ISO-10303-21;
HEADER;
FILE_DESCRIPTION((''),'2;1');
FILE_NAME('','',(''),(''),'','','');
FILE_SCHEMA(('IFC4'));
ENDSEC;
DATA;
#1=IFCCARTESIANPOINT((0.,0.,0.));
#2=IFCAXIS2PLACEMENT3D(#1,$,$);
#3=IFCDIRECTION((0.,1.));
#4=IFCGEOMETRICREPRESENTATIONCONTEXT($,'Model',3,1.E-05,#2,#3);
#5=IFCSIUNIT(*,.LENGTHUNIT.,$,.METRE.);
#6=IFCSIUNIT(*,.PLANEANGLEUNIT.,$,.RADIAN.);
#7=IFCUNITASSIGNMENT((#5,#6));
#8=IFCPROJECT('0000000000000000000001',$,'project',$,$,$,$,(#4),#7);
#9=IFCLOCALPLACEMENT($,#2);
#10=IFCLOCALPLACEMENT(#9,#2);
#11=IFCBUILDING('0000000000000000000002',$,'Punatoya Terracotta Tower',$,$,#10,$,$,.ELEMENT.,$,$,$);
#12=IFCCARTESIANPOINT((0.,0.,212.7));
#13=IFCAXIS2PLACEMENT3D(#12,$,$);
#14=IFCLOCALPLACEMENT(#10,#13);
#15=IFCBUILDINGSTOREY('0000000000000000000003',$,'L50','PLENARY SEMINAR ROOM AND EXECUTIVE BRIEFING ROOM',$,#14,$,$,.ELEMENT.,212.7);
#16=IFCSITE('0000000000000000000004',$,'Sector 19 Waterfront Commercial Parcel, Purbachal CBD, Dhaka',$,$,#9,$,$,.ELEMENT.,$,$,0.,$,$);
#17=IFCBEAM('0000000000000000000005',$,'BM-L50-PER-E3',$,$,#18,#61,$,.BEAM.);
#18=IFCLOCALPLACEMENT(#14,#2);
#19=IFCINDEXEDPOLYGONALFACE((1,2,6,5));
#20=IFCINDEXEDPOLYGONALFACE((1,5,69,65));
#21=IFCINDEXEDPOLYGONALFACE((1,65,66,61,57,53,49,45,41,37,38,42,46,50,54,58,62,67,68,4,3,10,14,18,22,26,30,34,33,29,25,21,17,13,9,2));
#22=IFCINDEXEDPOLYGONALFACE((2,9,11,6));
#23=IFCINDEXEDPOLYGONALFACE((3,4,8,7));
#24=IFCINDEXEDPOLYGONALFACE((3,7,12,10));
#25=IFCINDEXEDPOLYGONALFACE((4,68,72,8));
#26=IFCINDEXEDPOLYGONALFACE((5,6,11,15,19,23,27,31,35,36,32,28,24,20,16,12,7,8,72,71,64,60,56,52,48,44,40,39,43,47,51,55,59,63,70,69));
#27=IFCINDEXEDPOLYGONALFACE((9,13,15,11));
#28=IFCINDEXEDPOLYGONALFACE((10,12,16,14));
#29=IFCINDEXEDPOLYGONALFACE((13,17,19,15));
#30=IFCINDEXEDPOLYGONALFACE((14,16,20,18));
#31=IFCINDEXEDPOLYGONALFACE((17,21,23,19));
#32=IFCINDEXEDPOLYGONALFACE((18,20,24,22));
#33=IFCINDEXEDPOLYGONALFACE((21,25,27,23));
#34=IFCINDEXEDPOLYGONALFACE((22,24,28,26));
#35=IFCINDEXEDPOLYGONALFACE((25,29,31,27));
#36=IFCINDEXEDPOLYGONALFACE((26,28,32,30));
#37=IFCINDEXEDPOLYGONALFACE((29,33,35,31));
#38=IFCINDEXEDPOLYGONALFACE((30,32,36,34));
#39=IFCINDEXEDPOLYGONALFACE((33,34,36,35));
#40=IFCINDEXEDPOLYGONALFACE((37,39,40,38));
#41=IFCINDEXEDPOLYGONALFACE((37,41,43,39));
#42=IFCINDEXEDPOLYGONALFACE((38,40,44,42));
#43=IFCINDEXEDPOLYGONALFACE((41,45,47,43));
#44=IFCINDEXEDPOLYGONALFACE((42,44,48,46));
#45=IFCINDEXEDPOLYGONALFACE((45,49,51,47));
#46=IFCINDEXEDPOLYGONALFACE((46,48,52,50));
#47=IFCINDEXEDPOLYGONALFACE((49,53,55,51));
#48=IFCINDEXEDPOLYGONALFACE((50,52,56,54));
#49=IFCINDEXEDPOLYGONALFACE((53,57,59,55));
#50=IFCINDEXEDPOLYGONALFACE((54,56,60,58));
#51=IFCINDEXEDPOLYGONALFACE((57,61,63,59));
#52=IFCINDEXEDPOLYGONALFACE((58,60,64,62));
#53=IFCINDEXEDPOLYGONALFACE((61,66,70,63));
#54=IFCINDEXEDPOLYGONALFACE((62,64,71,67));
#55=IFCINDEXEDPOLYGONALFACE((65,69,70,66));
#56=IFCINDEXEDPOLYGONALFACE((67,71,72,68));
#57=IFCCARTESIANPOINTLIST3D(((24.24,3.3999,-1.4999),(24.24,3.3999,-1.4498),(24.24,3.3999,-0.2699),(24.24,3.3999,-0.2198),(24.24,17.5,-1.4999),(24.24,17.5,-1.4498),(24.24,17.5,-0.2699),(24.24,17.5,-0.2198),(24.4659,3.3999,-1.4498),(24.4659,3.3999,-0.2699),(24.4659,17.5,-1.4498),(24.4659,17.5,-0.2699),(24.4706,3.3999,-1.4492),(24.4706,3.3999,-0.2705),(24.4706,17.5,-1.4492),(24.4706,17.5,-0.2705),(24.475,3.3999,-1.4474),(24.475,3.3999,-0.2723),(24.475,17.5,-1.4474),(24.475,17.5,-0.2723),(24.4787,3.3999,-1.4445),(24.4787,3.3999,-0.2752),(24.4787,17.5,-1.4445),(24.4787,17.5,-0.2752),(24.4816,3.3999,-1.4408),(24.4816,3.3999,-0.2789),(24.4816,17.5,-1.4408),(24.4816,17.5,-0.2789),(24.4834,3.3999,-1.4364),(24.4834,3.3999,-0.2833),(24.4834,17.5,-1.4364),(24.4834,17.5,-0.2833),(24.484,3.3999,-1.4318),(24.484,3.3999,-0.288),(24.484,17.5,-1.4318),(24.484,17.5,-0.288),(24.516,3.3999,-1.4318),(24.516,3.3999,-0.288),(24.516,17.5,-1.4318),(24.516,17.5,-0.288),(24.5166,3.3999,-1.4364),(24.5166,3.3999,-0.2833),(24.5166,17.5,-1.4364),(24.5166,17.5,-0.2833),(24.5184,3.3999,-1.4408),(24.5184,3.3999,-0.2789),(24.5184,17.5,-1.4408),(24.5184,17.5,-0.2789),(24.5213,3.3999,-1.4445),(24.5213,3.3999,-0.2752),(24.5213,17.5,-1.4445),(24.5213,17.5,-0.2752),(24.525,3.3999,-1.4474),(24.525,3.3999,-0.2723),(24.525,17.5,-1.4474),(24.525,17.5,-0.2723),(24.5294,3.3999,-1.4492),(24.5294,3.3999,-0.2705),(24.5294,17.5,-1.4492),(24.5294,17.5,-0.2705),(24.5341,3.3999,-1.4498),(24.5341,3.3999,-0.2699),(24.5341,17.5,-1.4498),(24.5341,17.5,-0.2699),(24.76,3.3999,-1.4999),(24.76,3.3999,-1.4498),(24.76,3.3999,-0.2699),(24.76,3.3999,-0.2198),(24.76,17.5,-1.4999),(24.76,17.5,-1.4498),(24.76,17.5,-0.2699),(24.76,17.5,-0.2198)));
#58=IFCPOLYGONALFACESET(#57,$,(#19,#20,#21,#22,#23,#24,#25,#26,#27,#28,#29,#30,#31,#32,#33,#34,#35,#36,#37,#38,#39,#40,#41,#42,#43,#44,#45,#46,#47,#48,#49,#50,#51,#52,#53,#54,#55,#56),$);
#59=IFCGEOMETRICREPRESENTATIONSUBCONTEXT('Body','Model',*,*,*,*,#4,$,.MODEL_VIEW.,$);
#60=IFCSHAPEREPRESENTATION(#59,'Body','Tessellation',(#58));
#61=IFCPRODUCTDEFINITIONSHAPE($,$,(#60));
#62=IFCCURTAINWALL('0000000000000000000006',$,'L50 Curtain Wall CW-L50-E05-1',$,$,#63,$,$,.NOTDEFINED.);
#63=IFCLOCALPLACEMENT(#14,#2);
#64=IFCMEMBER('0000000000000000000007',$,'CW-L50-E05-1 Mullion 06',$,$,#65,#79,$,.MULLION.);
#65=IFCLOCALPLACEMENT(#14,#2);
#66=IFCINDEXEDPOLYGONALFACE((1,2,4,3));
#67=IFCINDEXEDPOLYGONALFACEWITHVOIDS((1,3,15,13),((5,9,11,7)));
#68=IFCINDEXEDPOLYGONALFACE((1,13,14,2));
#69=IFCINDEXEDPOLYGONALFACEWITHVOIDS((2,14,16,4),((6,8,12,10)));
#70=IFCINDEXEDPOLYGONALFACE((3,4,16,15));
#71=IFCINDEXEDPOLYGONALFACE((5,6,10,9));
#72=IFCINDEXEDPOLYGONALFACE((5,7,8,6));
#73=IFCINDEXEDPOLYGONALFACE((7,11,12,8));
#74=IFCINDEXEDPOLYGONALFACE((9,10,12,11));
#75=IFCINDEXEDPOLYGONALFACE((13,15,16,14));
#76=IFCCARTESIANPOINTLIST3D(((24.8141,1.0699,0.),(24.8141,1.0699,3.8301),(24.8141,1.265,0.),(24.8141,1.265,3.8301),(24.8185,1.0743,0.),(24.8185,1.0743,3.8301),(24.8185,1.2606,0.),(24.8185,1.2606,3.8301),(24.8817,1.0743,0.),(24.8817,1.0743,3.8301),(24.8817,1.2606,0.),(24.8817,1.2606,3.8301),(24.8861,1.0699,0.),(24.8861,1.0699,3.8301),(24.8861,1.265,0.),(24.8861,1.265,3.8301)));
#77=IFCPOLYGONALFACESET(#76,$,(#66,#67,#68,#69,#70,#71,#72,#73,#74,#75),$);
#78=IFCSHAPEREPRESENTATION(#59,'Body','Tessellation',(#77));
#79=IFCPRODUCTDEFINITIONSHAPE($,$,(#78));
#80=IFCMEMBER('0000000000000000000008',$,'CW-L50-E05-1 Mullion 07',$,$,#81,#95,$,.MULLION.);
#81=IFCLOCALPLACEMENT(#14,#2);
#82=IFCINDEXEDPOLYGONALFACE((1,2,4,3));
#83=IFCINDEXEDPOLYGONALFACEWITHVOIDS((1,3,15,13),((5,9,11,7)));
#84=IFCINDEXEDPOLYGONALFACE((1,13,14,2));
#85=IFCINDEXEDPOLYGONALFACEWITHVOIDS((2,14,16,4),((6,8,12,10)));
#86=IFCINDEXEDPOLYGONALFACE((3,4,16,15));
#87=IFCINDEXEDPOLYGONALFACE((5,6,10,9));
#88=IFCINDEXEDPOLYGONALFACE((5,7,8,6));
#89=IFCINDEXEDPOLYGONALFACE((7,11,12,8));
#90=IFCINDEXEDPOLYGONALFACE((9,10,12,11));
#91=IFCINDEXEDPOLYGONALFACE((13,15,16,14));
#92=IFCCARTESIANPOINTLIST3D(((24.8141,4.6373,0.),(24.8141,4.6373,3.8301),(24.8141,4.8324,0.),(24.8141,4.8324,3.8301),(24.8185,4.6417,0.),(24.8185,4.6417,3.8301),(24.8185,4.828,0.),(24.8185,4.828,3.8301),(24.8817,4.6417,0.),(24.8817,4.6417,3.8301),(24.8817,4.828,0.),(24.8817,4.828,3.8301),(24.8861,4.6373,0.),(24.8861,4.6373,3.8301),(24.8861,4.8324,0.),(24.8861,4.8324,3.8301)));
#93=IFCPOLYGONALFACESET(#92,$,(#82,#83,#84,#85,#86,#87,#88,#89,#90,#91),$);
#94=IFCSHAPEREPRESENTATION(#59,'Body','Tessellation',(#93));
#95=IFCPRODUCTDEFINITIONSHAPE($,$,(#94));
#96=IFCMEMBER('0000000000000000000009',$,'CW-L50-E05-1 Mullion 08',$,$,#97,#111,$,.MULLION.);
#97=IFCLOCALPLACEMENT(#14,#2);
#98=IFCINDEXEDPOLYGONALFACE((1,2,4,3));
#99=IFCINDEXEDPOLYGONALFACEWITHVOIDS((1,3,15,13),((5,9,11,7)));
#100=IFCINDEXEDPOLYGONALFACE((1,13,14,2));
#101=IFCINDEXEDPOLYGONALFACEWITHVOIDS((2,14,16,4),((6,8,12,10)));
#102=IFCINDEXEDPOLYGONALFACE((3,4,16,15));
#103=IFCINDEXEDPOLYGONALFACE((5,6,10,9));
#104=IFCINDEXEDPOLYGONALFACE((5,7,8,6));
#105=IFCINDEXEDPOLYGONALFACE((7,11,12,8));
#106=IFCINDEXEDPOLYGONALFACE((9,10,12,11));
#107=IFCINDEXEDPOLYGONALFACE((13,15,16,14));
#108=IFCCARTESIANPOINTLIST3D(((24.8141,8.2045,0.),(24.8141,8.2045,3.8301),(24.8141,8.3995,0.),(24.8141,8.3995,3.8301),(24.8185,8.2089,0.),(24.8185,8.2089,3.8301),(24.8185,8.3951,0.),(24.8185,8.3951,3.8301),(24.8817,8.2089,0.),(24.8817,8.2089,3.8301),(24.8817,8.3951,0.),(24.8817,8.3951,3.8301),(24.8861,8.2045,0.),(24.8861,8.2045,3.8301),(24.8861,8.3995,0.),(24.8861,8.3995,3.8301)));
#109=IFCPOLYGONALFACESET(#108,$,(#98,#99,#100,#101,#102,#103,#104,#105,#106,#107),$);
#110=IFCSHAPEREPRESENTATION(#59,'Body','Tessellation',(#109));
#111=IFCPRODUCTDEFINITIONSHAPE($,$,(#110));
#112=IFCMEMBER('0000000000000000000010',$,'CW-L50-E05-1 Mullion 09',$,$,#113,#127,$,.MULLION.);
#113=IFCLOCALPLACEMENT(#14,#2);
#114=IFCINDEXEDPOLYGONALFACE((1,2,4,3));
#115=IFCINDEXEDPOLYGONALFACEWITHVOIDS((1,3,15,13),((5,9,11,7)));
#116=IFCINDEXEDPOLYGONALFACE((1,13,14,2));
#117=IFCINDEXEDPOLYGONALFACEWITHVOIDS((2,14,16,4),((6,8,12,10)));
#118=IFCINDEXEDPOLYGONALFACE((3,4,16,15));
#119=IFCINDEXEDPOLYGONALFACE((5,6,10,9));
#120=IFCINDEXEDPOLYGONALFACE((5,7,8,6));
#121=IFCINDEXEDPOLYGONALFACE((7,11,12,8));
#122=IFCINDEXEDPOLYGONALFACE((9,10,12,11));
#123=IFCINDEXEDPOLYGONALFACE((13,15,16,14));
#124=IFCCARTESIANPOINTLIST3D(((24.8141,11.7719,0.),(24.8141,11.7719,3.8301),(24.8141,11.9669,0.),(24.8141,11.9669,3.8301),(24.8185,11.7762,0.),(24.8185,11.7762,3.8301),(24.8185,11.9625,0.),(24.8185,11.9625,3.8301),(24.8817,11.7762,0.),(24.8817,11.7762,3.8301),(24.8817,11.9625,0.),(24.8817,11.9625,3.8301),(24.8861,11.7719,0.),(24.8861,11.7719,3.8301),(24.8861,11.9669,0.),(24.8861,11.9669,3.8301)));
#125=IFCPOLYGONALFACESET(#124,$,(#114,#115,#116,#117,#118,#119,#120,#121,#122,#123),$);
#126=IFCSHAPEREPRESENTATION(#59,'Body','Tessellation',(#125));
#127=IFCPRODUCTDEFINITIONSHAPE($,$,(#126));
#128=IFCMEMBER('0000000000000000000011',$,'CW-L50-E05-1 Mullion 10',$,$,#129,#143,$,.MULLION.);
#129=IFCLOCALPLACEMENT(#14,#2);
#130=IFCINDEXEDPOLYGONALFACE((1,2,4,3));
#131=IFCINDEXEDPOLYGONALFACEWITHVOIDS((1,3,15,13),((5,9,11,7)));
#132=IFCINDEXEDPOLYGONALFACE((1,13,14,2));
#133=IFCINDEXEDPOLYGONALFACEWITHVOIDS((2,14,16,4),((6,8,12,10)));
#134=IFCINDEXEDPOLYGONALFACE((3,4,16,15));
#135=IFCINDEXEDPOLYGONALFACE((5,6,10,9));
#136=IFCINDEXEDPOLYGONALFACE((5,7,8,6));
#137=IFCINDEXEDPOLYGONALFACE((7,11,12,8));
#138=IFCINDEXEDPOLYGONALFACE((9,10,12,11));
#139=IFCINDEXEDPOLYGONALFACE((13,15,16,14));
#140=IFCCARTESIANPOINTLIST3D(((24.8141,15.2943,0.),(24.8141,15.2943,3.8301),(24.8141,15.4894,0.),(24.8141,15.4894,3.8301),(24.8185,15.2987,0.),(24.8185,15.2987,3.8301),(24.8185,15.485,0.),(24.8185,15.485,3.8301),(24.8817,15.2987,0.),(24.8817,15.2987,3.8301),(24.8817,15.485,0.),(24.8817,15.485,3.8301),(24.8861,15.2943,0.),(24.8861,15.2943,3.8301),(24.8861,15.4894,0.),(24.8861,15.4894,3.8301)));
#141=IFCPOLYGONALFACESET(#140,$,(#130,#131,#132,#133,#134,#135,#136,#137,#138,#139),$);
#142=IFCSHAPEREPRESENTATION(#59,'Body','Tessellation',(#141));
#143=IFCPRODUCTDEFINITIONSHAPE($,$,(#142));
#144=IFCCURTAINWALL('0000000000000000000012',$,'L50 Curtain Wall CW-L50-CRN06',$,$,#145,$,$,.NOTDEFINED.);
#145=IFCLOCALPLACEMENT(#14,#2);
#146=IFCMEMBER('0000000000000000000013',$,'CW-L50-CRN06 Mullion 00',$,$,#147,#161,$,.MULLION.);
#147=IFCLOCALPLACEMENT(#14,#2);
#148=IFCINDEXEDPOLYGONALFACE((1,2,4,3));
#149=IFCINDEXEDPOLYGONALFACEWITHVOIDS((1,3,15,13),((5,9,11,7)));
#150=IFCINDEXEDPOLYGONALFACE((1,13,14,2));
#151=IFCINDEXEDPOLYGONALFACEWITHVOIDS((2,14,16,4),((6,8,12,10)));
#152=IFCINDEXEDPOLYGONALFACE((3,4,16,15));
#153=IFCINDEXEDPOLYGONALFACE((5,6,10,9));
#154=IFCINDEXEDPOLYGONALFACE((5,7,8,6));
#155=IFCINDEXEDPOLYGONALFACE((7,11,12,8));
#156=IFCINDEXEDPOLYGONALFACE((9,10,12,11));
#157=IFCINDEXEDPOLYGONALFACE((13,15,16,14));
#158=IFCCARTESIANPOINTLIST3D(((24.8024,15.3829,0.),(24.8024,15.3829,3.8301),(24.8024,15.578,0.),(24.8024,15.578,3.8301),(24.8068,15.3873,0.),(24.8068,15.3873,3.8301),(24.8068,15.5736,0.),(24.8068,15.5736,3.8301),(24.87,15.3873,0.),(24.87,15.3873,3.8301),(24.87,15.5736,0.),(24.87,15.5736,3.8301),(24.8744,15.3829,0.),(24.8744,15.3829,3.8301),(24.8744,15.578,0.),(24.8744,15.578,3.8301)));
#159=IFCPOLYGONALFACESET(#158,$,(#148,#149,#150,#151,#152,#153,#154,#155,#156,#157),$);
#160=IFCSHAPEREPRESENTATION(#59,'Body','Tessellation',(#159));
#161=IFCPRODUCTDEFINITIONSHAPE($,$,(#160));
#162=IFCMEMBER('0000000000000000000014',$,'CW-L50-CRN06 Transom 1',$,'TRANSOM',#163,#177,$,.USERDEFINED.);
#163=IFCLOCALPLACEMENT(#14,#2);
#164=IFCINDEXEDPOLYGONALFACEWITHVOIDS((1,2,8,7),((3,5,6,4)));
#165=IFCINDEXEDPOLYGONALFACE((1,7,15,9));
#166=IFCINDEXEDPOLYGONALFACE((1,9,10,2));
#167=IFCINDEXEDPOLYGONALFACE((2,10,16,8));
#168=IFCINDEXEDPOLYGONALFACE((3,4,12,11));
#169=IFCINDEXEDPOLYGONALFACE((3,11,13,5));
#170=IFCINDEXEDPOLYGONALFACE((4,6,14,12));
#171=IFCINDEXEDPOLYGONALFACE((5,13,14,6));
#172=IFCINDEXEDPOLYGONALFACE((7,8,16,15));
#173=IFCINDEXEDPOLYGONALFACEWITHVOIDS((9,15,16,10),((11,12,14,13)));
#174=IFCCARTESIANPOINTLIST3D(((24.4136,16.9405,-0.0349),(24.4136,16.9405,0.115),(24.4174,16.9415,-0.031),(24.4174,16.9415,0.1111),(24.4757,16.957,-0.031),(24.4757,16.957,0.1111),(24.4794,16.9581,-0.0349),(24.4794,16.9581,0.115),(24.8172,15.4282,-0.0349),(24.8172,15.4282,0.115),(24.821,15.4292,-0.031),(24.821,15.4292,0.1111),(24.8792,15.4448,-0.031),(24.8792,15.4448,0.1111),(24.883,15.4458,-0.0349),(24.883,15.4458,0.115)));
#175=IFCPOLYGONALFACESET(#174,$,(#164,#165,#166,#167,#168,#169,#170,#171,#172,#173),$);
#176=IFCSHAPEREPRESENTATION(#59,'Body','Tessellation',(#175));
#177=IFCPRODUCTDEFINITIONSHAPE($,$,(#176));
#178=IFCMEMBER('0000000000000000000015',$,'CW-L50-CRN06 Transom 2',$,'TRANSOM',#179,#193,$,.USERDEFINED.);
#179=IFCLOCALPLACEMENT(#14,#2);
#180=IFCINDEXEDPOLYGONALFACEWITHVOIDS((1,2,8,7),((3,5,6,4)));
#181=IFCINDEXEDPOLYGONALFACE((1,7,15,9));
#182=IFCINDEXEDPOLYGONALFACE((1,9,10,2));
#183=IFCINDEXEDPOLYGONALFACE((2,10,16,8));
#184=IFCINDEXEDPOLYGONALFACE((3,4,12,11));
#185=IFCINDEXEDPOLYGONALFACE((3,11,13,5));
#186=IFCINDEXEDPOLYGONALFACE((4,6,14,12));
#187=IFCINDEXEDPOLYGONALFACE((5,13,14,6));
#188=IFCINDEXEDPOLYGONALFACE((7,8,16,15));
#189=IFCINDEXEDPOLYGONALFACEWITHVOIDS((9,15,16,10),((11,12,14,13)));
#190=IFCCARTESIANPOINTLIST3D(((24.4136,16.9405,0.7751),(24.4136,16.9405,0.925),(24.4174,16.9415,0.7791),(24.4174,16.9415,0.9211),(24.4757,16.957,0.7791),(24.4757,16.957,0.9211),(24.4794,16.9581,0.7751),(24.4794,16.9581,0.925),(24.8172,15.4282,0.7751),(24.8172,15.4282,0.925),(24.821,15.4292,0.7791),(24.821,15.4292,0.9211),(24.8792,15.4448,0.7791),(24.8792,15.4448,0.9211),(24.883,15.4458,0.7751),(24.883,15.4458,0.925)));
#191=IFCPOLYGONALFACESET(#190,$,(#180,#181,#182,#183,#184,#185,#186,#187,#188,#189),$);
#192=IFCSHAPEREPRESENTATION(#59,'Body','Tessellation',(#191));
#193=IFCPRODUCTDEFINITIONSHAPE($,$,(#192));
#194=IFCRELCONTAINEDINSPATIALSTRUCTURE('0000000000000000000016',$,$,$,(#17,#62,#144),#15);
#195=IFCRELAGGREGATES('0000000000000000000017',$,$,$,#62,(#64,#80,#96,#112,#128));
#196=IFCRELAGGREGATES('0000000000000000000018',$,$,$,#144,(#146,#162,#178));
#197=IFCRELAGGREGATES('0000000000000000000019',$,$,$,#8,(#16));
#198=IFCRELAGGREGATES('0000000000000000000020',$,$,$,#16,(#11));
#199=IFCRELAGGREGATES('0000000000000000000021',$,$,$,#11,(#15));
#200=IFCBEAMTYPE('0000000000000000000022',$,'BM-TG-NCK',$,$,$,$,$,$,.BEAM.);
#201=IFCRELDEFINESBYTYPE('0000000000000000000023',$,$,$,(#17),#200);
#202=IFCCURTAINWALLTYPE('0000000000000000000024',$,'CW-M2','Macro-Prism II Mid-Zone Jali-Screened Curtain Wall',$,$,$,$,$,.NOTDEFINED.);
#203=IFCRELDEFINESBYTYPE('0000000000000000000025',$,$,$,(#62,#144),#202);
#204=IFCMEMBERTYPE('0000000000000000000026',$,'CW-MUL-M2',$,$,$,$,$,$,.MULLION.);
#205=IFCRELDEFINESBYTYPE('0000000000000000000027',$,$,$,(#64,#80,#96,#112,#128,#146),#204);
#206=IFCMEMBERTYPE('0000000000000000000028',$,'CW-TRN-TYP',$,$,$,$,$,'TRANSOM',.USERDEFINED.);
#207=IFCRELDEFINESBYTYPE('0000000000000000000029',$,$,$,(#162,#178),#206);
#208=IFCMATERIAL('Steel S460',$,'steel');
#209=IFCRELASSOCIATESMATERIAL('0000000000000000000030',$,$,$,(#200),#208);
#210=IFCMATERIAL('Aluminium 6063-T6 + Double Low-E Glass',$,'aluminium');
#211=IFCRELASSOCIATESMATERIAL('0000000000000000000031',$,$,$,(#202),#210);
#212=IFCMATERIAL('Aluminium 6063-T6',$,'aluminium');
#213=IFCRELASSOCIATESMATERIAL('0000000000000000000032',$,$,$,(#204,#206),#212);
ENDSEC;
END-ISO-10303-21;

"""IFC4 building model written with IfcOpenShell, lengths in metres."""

from ifc_helpers import new_model, si_unit, direction, frame, origin, origin_2d, place, context, subcontext, project, spatial, hollow_rectangle, i_section, extrude, material, material_profile, profile_set, type_object, element, aggregate, save


model = new_model("IFC4")

# Units and contexts
model_context = context("Model", 3, precision=1e-05, world=origin(), true_north=direction((0.0, 1.0)))
body_context = subcontext(model_context, "Body", "Model", "MODEL_VIEW")
ifc_project = project(units=[si_unit("LENGTHUNIT", "METRE"), si_unit("PLANEANGLEUNIT", "RADIAN")], contexts=[model_context])

# Site, building, storey
site_placement = place(None, origin())
site = spatial("IfcSite", under=ifc_project, at=site_placement, Name="Sector 19 Waterfront Commercial Parcel, Purbachal CBD, Dhaka", CompositionType="ELEMENT", RefElevation=0.0)
building_placement = place(site_placement, origin())
building = spatial("IfcBuilding", under=site, at=building_placement, Name="Punatoya Terracotta Tower", CompositionType="ELEMENT")
storey_placement = place(building_placement, frame((0.0, 0.0, 212.7)))
storey = spatial("IfcBuildingStorey", under=building, at=storey_placement, Name="L50", Description="PLENARY SEMINAR ROOM AND EXECUTIVE BRIEFING ROOM", CompositionType="ELEMENT", Elevation=212.7)

# Shared definitions
ifc_material_1 = material(Name="Steel S460", Category="steel")

# Beam
ifc_material_profile_1 = material_profile(ifc_material_1, i_section(OverallWidth=0.52, OverallDepth=1.28, WebThickness=0.032, FlangeThickness=0.05, FilletRadius=0.0181, at=origin_2d()))
ifc_profile_set_1 = profile_set([ifc_material_profile_1], Name="Steel S460")
beam_type_1 = type_object("IfcBeamType", Name="BM-TG-NCK", PredefinedType="BEAM", material=ifc_profile_set_1)
beam_1_placement = place(storey_placement, frame((24.5, 3.3999, -0.8599), z_axis=(0.0, 1.0, 0.0), x_axis=(-1.0, 0.0, 0.0)))
element("IfcBeam", 1, at=beam_1_placement, inside=storey, type_object=beam_type_1, Name="BM-L50-PER-E3", PredefinedType="BEAM", context=body_context, shape_type="SweptSolid", body=[
    extrude(i_section(OverallWidth=0.52, OverallDepth=1.28, WebThickness=0.032, FlangeThickness=0.05, FilletRadius=0.0181, at=origin_2d()), origin(), (0.0, 0.0, 1.0), 14.1001),
])

# Curtain walls, members
ifc_material_2 = material(Name="Aluminium 6063-T6 + Double Low-E Glass", Category="aluminium")
curtain_wall_type = type_object("IfcCurtainWallType", Name="CW-M2", Description="Macro-Prism II Mid-Zone Jali-Screened Curtain Wall", PredefinedType="NOTDEFINED", material=ifc_material_2)
curtain_wall_1_placement = place(storey_placement, origin())
curtain_wall_1 = element("IfcCurtainWall", 2, at=curtain_wall_1_placement, inside=storey, type_object=curtain_wall_type, Name="L50 Curtain Wall CW-L50-E05-1", PredefinedType="NOTDEFINED")
ifc_material_3 = material(Name="Aluminium 6063-T6", Category="aluminium")
ifc_material_profile_2 = material_profile(ifc_material_3, hollow_rectangle(XDim=0.072, YDim=0.1951, WallThickness=0.0044, at=origin_2d()))
ifc_profile_set_2 = profile_set([ifc_material_profile_2], Name="Aluminium 6063-T6")
member_type_1 = type_object("IfcMemberType", Name="CW-MUL-M2", PredefinedType="MULLION", material=ifc_profile_set_2)
member_1_placement = place(storey_placement, frame((24.8501, 1.1675, 0.0), z_axis=(0.0, 0.0, 1.0), x_axis=(1.0, 0.0, 0.0)))
member_1 = element("IfcMember", 3, at=member_1_placement, type_object=member_type_1, Name="CW-L50-E05-1 Mullion 06", PredefinedType="MULLION", context=body_context, shape_type="SweptSolid", body=[
    extrude(hollow_rectangle(XDim=0.072, YDim=0.1951, WallThickness=0.0044, at=origin_2d()), origin(), (0.0, 0.0, 1.0), 3.8301),
])
member_2_placement = place(storey_placement, frame((24.8501, 4.7349, 0.0), z_axis=(0.0, 0.0, 1.0), x_axis=(1.0, 0.0, 0.0)))
member_2 = element("IfcMember", 4, at=member_2_placement, type_object=member_type_1, Name="CW-L50-E05-1 Mullion 07", PredefinedType="MULLION", context=body_context, shape_type="SweptSolid", body=[
    extrude(hollow_rectangle(XDim=0.072, YDim=0.1951, WallThickness=0.0044, at=origin_2d()), origin(), (0.0, 0.0, 1.0), 3.8301),
])
member_3_placement = place(storey_placement, frame((24.8501, 8.302, 0.0), z_axis=(0.0, 0.0, 1.0), x_axis=(1.0, 0.0, 0.0)))
member_3 = element("IfcMember", 5, at=member_3_placement, type_object=member_type_1, Name="CW-L50-E05-1 Mullion 08", PredefinedType="MULLION", context=body_context, shape_type="SweptSolid", body=[
    extrude(hollow_rectangle(XDim=0.072, YDim=0.1951, WallThickness=0.0044, at=origin_2d()), origin(), (0.0, 0.0, 1.0), 3.8301),
])
member_4_placement = place(storey_placement, frame((24.8501, 11.8694, 0.0), z_axis=(0.0, 0.0, 1.0), x_axis=(1.0, 0.0, 0.0)))
member_4 = element("IfcMember", 6, at=member_4_placement, type_object=member_type_1, Name="CW-L50-E05-1 Mullion 09", PredefinedType="MULLION", context=body_context, shape_type="SweptSolid", body=[
    extrude(hollow_rectangle(XDim=0.072, YDim=0.1951, WallThickness=0.0044, at=origin_2d()), origin(), (0.0, 0.0, 1.0), 3.8301),
])
member_5_placement = place(storey_placement, frame((24.8501, 15.3918, 0.0), z_axis=(0.0, 0.0, 1.0), x_axis=(1.0, 0.0, 0.0)))
member_5 = element("IfcMember", 7, at=member_5_placement, type_object=member_type_1, Name="CW-L50-E05-1 Mullion 10", PredefinedType="MULLION", context=body_context, shape_type="SweptSolid", body=[
    extrude(hollow_rectangle(XDim=0.072, YDim=0.1951, WallThickness=0.0044, at=origin_2d()), origin(), (0.0, 0.0, 1.0), 3.8301),
])
curtain_wall_2_placement = place(storey_placement, origin())
curtain_wall_2 = element("IfcCurtainWall", 8, at=curtain_wall_2_placement, inside=storey, type_object=curtain_wall_type, Name="L50 Curtain Wall CW-L50-CRN06", PredefinedType="NOTDEFINED")
member_6_placement = place(storey_placement, frame((24.8384, 15.4805, 0.0), z_axis=(0.0, 0.0, 1.0), x_axis=(1.0, 0.0, 0.0)))
member_6 = element("IfcMember", 9, at=member_6_placement, type_object=member_type_1, Name="CW-L50-CRN06 Mullion 00", PredefinedType="MULLION", context=body_context, shape_type="SweptSolid", body=[
    extrude(hollow_rectangle(XDim=0.072, YDim=0.1951, WallThickness=0.0044, at=origin_2d()), origin(), (0.0, 0.0, 1.0), 3.8301),
])
ifc_material_profile_3 = material_profile(ifc_material_3, hollow_rectangle(XDim=0.0681, YDim=0.1499, WallThickness=0.0039, at=origin_2d()))
ifc_profile_set_3 = profile_set([ifc_material_profile_3], Name="Aluminium 6063-T6")
member_type_2 = type_object("IfcMemberType", Name="CW-TRN-TYP", ElementType="TRANSOM", PredefinedType="USERDEFINED", material=ifc_profile_set_3)
member_7_placement = place(storey_placement, frame((24.8501, 15.437, 0.04), z_axis=(-0.257847, 0.966186, 0.0), x_axis=(-0.966186, -0.257847, 0.0)))
member_7 = element("IfcMember", 10, at=member_7_placement, type_object=member_type_2, Name="CW-L50-CRN06 Transom 1", ObjectType="TRANSOM", PredefinedType="USERDEFINED", context=body_context, shape_type="SweptSolid", body=[
    extrude(hollow_rectangle(XDim=0.0681, YDim=0.1499, WallThickness=0.0039, at=origin_2d()), origin(), (0.0, 0.0, 1.0), 1.5652),
])
member_8_placement = place(storey_placement, frame((24.8501, 15.437, 0.8501), z_axis=(-0.257847, 0.966186, 0.0), x_axis=(-0.966186, -0.257847, 0.0)))
member_8 = element("IfcMember", 11, at=member_8_placement, type_object=member_type_2, Name="CW-L50-CRN06 Transom 2", ObjectType="TRANSOM", PredefinedType="USERDEFINED", context=body_context, shape_type="SweptSolid", body=[
    extrude(hollow_rectangle(XDim=0.0681, YDim=0.1499, WallThickness=0.0039, at=origin_2d()), origin(), (0.0, 0.0, 1.0), 1.5652),
])

aggregate(curtain_wall_1, [member_1, member_2, member_3, member_4, member_5])
aggregate(curtain_wall_2, [member_6, member_7, member_8])

save(model, "model.ifc")
